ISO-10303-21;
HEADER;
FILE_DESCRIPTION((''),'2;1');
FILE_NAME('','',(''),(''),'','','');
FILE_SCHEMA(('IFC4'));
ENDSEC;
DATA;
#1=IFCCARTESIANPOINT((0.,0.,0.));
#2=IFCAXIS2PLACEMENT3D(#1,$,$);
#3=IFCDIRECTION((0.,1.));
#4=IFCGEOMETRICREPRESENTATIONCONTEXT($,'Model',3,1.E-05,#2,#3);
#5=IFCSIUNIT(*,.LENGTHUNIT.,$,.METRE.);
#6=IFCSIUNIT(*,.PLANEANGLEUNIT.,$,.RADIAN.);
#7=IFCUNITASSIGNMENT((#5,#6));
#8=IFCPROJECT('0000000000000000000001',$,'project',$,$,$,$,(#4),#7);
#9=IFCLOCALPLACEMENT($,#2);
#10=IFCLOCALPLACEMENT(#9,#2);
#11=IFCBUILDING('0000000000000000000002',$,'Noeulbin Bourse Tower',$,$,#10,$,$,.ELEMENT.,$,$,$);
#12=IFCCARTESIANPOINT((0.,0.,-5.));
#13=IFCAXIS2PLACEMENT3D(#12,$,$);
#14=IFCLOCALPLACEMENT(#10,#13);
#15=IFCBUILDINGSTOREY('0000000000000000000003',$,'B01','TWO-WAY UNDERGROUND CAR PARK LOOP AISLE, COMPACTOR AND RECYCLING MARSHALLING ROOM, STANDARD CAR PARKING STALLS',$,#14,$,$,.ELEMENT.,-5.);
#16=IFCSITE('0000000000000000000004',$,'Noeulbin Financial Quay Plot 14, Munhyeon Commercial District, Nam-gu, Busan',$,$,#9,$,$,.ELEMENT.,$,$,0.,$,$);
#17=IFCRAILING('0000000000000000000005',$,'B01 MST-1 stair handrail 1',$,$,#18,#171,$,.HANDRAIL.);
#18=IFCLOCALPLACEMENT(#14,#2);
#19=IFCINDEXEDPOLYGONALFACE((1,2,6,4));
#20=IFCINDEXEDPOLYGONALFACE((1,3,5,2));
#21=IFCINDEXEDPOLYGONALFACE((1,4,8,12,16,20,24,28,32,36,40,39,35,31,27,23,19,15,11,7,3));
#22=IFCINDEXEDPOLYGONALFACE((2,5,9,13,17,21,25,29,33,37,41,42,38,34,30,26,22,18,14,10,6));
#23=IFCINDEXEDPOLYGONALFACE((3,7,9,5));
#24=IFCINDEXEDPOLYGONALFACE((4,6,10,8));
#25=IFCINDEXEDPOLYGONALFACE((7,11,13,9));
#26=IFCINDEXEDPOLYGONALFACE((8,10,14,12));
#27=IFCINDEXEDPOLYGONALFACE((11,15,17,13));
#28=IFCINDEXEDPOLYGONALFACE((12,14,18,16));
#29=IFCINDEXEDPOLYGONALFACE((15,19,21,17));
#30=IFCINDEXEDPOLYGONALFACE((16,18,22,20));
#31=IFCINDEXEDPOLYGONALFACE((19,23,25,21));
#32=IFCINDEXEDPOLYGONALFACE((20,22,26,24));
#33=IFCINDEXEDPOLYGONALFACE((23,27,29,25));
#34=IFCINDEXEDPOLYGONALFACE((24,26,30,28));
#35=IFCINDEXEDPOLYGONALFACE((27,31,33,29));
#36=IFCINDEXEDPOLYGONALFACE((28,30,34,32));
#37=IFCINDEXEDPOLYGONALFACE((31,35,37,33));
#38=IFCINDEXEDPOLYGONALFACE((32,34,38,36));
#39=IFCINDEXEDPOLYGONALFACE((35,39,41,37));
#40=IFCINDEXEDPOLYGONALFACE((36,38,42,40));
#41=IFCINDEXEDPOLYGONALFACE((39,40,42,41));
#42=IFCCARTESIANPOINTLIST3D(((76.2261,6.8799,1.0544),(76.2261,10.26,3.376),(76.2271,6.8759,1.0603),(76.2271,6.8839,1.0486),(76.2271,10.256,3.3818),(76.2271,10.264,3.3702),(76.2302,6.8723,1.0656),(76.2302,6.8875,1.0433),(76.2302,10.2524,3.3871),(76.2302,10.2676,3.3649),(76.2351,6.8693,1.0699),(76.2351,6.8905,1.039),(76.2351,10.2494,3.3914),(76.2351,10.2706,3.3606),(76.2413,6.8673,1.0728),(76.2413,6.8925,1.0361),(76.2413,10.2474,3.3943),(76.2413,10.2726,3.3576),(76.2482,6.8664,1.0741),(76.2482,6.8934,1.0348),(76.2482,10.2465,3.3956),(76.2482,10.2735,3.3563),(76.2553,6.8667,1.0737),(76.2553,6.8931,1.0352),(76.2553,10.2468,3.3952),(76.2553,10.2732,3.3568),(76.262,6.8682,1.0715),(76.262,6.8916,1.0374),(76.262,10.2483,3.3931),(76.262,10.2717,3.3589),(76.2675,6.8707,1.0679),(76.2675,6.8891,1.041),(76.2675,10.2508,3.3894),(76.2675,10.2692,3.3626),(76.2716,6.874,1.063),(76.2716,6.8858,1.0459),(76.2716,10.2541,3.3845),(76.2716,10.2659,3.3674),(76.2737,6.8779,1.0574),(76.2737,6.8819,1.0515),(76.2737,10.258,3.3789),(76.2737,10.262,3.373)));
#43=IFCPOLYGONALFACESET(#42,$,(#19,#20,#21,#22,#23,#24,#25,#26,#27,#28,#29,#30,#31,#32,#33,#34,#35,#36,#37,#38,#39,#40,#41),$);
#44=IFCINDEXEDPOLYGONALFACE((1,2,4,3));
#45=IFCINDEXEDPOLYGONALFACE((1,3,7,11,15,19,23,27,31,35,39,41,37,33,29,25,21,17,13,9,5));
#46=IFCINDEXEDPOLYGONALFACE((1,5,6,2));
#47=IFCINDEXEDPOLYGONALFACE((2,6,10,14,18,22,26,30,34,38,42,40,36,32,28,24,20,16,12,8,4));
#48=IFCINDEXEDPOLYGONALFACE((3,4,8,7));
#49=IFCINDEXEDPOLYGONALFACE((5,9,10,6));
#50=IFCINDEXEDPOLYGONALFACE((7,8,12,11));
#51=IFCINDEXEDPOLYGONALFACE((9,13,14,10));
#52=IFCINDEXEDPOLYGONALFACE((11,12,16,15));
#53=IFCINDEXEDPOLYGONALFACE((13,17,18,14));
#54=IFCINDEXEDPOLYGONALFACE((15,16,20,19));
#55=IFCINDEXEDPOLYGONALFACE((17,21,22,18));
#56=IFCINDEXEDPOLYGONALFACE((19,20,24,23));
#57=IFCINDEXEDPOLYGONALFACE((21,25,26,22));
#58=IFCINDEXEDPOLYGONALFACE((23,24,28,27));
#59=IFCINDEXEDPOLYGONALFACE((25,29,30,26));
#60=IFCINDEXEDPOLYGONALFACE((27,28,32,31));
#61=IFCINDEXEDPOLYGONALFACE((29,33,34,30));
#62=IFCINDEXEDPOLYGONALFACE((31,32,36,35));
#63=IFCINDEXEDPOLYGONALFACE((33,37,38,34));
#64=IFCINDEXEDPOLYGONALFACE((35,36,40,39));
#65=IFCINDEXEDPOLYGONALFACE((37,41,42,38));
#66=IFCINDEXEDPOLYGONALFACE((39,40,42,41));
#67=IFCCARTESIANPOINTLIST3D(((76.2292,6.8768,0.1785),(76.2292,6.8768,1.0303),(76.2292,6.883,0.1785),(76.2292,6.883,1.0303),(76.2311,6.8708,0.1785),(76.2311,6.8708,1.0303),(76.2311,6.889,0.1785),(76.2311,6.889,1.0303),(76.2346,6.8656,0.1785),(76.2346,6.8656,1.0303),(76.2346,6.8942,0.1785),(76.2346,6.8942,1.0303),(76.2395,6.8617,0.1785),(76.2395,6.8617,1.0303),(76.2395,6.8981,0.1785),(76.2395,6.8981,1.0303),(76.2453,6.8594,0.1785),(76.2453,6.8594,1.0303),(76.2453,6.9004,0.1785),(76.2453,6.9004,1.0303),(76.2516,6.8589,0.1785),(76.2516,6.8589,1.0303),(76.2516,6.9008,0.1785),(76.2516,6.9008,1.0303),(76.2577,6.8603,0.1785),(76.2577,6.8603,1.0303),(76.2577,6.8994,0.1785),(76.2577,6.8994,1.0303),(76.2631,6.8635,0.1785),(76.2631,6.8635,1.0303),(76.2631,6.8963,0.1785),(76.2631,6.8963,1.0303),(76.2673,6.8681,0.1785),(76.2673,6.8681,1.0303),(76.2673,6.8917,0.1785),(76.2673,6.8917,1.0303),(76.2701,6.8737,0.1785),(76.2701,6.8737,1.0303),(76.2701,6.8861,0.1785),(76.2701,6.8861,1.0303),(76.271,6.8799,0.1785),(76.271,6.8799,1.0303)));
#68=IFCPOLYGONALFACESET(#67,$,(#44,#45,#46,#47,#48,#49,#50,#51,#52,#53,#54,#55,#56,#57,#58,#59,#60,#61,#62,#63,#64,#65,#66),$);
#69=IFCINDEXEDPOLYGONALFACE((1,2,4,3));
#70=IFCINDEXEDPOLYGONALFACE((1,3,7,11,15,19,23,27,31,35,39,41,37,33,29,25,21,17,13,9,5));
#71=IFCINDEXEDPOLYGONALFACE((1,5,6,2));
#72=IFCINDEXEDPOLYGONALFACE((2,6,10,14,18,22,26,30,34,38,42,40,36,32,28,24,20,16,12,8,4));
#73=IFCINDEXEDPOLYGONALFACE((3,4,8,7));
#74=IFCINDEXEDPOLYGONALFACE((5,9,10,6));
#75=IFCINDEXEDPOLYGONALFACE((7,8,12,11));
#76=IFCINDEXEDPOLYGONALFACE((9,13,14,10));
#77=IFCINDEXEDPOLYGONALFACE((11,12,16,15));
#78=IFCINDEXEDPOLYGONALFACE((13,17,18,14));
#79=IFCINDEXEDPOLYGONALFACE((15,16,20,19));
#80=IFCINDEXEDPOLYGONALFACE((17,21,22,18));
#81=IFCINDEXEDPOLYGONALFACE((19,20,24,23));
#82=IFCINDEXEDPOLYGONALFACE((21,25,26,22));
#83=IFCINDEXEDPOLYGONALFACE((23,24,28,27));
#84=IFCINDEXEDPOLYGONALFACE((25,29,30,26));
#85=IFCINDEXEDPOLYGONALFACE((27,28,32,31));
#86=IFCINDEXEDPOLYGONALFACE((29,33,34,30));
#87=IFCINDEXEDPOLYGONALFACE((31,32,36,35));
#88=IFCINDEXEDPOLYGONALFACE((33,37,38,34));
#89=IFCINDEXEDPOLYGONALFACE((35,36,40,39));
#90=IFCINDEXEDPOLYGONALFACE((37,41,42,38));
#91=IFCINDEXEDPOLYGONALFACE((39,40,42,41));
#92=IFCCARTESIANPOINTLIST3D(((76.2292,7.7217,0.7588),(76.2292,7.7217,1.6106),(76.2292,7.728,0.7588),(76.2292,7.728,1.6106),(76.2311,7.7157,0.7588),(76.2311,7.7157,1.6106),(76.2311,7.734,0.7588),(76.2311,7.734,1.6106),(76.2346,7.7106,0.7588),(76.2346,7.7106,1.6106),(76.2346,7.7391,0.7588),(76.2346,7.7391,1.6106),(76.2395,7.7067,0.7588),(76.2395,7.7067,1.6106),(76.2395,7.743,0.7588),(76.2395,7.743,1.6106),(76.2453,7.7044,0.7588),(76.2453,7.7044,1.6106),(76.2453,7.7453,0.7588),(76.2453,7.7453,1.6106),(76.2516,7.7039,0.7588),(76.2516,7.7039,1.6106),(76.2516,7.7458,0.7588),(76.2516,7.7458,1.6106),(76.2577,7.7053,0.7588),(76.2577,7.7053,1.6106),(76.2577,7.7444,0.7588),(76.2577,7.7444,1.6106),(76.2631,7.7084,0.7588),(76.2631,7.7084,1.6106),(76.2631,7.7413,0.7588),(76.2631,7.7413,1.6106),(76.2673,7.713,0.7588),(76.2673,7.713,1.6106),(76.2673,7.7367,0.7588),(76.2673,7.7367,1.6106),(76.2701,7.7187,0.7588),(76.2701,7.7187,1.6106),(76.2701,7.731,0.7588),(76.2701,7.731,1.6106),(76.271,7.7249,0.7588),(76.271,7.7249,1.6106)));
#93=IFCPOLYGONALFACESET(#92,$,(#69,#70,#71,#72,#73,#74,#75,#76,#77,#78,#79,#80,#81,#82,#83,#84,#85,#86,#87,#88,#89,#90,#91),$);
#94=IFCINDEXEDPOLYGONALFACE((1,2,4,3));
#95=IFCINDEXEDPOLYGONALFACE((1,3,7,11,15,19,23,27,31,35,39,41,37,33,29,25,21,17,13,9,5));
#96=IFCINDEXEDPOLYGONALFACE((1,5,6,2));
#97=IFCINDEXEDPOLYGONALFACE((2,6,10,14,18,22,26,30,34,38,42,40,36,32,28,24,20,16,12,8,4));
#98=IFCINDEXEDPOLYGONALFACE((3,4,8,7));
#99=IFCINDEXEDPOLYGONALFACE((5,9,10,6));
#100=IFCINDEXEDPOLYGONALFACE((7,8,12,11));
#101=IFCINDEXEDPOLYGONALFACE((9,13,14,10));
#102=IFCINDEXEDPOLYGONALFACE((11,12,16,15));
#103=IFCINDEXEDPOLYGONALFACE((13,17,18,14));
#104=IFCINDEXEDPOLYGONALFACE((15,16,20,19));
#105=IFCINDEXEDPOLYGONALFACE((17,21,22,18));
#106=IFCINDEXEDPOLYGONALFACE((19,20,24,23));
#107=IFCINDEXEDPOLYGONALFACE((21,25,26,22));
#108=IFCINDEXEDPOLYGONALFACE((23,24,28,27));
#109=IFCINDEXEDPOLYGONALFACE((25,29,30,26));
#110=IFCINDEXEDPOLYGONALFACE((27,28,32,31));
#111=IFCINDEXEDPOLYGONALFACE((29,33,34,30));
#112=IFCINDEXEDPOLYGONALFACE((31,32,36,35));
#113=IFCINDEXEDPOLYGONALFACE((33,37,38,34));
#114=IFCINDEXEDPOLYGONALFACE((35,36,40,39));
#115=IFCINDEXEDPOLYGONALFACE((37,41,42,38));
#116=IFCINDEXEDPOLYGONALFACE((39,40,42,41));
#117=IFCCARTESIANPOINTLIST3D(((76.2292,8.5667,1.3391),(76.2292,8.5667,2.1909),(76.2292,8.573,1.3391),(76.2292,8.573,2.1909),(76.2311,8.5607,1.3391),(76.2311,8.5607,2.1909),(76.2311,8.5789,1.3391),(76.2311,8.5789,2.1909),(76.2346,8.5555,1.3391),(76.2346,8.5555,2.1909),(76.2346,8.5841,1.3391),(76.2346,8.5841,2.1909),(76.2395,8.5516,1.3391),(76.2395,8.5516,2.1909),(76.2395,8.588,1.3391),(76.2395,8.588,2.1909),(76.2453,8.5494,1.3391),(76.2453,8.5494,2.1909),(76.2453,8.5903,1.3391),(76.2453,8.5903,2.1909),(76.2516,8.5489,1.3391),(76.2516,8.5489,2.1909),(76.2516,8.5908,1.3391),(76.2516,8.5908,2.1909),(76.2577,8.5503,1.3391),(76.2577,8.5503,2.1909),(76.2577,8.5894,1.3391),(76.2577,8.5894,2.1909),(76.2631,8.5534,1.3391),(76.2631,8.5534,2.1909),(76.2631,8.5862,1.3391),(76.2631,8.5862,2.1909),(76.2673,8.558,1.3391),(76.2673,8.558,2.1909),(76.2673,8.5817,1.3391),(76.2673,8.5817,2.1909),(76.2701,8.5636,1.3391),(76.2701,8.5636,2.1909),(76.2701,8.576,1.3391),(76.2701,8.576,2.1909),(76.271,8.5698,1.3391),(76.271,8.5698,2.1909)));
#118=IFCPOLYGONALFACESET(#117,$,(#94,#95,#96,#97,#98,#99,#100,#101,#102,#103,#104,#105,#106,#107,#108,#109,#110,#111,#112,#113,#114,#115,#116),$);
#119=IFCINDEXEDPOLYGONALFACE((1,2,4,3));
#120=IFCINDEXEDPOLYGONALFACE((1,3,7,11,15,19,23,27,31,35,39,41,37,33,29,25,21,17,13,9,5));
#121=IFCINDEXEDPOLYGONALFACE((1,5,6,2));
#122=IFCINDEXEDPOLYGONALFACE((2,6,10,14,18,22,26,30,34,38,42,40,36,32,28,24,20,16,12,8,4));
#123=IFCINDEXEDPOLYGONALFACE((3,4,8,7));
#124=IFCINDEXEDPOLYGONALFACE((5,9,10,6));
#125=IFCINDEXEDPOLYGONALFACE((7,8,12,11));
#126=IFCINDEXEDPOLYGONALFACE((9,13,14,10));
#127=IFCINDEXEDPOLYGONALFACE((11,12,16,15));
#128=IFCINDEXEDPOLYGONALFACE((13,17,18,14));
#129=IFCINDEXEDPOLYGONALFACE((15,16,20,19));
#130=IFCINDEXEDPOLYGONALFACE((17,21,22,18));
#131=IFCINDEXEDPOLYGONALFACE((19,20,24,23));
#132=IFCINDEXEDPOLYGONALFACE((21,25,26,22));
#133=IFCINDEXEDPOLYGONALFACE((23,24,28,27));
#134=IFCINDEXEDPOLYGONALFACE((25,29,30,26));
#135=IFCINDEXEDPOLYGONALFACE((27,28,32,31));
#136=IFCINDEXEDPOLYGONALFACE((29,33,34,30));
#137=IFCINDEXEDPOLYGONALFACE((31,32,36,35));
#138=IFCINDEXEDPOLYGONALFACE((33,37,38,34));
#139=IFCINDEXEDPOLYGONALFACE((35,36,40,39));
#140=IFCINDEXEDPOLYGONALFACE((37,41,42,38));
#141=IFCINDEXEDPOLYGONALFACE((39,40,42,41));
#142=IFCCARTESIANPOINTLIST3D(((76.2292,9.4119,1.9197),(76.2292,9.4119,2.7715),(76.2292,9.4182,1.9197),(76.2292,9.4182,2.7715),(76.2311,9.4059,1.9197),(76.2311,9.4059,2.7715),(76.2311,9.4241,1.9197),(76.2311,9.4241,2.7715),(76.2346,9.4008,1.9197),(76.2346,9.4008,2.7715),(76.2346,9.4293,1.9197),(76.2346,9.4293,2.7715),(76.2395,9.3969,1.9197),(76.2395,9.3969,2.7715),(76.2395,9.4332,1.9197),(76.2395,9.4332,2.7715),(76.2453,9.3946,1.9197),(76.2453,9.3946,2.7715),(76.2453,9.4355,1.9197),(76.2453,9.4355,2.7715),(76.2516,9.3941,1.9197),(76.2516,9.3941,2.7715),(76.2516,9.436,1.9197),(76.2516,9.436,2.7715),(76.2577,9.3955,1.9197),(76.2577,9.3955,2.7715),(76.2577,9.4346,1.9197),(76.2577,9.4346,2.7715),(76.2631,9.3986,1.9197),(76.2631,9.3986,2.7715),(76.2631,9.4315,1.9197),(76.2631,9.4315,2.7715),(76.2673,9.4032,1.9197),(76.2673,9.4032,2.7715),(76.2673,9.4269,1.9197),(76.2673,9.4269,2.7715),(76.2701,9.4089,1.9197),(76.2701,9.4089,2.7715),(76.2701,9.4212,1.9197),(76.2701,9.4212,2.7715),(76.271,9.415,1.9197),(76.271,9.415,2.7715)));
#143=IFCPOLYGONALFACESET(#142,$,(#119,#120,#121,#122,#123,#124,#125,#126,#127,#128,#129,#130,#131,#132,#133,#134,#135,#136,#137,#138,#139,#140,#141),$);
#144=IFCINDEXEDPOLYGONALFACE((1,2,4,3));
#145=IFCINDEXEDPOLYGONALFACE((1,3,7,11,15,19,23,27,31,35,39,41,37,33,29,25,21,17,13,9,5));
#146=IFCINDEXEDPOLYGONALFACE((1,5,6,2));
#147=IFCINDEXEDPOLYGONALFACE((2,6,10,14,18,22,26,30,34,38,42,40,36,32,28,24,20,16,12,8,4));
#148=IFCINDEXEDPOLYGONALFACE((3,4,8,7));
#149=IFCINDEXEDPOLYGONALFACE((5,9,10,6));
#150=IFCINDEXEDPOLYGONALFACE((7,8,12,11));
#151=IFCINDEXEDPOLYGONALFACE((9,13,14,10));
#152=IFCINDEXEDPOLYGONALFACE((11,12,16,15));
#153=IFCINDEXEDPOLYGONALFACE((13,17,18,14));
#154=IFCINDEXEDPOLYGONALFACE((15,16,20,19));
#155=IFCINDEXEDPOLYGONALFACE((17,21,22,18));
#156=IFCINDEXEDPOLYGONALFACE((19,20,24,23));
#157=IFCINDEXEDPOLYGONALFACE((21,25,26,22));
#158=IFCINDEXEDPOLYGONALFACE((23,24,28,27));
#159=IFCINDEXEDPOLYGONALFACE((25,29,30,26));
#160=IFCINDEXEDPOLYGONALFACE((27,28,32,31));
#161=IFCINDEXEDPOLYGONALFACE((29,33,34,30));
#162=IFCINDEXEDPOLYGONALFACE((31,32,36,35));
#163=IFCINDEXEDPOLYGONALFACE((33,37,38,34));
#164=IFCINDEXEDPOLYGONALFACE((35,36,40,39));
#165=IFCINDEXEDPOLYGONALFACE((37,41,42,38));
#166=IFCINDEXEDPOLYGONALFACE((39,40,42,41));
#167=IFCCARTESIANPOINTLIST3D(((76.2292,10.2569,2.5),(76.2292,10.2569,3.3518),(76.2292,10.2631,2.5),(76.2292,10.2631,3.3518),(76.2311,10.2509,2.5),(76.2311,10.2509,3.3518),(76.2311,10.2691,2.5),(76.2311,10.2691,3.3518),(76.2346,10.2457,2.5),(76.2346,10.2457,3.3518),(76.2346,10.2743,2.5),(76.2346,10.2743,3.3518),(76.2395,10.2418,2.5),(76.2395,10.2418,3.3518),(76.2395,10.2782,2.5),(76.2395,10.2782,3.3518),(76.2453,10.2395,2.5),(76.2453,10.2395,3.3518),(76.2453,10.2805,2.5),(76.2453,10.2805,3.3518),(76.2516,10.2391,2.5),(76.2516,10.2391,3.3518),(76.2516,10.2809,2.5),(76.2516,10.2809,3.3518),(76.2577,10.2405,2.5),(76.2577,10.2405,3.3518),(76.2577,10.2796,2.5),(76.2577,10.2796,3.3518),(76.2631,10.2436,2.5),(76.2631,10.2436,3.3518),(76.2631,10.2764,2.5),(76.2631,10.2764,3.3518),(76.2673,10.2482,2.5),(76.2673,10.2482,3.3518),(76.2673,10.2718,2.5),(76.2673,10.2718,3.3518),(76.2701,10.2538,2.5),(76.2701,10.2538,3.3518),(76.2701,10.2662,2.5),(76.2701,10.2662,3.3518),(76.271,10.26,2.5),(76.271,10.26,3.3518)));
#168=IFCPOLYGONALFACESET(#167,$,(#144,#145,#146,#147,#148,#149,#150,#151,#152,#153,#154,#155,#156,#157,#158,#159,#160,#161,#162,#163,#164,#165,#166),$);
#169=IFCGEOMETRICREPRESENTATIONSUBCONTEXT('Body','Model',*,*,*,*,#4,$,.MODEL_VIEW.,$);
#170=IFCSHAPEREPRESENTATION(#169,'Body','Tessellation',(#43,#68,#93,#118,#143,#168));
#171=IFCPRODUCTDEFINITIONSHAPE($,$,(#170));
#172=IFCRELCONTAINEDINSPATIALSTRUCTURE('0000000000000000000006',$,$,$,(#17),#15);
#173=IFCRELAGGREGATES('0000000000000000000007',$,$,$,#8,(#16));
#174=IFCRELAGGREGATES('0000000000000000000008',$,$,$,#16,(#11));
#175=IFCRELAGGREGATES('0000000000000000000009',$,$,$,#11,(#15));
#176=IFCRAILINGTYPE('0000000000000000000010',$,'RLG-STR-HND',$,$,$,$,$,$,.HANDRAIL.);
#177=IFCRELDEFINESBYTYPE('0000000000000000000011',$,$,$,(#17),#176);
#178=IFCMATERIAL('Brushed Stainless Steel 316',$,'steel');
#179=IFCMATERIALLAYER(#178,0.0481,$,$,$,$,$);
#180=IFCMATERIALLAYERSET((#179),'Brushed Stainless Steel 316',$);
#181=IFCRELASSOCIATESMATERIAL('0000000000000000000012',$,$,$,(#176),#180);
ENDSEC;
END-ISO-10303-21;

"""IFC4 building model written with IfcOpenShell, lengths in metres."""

from ifc_helpers import new_model, si_unit, direction, frame, origin, origin_2d, place, context, subcontext, project, spatial, circle, extrude, material, layer, layer_set, type_object, element, save


model = new_model("IFC4")

# Units and contexts
model_context = context("Model", 3, precision=1e-05, world=origin(), true_north=direction((0.0, 1.0)))
body_context = subcontext(model_context, "Body", "Model", "MODEL_VIEW")
ifc_project = project(units=[si_unit("LENGTHUNIT", "METRE"), si_unit("PLANEANGLEUNIT", "RADIAN")], contexts=[model_context])

# Site, building, storey
site_placement = place(None, origin())
site = spatial("IfcSite", under=ifc_project, at=site_placement, Name="Noeulbin Financial Quay Plot 14, Munhyeon Commercial District, Nam-gu, Busan", CompositionType="ELEMENT", RefElevation=0.0)
building_placement = place(site_placement, origin())
building = spatial("IfcBuilding", under=site, at=building_placement, Name="Noeulbin Bourse Tower", CompositionType="ELEMENT")
storey_placement = place(building_placement, frame((0.0, 0.0, -5.0)))
storey = spatial("IfcBuildingStorey", under=building, at=storey_placement, Name="B01", Description="TWO-WAY UNDERGROUND CAR PARK LOOP AISLE, COMPACTOR AND RECYCLING MARSHALLING ROOM, STANDARD CAR PARKING STALLS", CompositionType="ELEMENT", Elevation=-5.0)

# Railing
ifc_material_1 = material(Name="Brushed Stainless Steel 316", Category="steel")
ifc_layer_1 = layer(ifc_material_1, 0.0481)
ifc_layer_set_1 = layer_set([ifc_layer_1], Name="Brushed Stainless Steel 316")
railing_type_1 = type_object("IfcRailingType", Name="RLG-STR-HND", PredefinedType="HANDRAIL", material=ifc_layer_set_1)
railing_1_placement = place(storey_placement, frame((76.25, 6.8799, 0.1785)))
element("IfcRailing", 1, at=railing_1_placement, inside=storey, type_object=railing_type_1, Name="B01 MST-1 stair handrail 1", PredefinedType="HANDRAIL", context=body_context, shape_type="SweptSolid", body=[
    extrude(circle(Radius=0.0239, at=origin_2d()), frame((0.0, 0.0, 0.876), z_axis=(0.0, 0.824304, 0.566147), x_axis=(-1.0, 0.0, 0.0)), (0.0, 0.0, 1.0), 4.1006),
    extrude(circle(Radius=0.021, at=origin_2d()), origin(), (0.0, 0.0, 1.0), 0.8518),
    extrude(circle(Radius=0.021, at=origin_2d()), frame((0.0, 0.845, 0.5803)), (0.0, 0.0, 1.0), 0.8518),
    extrude(circle(Radius=0.021, at=origin_2d()), frame((0.0, 1.6899, 1.1606)), (0.0, 0.0, 1.0), 0.8518),
    extrude(circle(Radius=0.021, at=origin_2d()), frame((0.0, 2.5352, 1.7412)), (0.0, 0.0, 1.0), 0.8518),
    extrude(circle(Radius=0.021, at=origin_2d()), frame((0.0, 3.3801, 2.3215)), (0.0, 0.0, 1.0), 0.8518),
])

save(model, "model.ifc")
